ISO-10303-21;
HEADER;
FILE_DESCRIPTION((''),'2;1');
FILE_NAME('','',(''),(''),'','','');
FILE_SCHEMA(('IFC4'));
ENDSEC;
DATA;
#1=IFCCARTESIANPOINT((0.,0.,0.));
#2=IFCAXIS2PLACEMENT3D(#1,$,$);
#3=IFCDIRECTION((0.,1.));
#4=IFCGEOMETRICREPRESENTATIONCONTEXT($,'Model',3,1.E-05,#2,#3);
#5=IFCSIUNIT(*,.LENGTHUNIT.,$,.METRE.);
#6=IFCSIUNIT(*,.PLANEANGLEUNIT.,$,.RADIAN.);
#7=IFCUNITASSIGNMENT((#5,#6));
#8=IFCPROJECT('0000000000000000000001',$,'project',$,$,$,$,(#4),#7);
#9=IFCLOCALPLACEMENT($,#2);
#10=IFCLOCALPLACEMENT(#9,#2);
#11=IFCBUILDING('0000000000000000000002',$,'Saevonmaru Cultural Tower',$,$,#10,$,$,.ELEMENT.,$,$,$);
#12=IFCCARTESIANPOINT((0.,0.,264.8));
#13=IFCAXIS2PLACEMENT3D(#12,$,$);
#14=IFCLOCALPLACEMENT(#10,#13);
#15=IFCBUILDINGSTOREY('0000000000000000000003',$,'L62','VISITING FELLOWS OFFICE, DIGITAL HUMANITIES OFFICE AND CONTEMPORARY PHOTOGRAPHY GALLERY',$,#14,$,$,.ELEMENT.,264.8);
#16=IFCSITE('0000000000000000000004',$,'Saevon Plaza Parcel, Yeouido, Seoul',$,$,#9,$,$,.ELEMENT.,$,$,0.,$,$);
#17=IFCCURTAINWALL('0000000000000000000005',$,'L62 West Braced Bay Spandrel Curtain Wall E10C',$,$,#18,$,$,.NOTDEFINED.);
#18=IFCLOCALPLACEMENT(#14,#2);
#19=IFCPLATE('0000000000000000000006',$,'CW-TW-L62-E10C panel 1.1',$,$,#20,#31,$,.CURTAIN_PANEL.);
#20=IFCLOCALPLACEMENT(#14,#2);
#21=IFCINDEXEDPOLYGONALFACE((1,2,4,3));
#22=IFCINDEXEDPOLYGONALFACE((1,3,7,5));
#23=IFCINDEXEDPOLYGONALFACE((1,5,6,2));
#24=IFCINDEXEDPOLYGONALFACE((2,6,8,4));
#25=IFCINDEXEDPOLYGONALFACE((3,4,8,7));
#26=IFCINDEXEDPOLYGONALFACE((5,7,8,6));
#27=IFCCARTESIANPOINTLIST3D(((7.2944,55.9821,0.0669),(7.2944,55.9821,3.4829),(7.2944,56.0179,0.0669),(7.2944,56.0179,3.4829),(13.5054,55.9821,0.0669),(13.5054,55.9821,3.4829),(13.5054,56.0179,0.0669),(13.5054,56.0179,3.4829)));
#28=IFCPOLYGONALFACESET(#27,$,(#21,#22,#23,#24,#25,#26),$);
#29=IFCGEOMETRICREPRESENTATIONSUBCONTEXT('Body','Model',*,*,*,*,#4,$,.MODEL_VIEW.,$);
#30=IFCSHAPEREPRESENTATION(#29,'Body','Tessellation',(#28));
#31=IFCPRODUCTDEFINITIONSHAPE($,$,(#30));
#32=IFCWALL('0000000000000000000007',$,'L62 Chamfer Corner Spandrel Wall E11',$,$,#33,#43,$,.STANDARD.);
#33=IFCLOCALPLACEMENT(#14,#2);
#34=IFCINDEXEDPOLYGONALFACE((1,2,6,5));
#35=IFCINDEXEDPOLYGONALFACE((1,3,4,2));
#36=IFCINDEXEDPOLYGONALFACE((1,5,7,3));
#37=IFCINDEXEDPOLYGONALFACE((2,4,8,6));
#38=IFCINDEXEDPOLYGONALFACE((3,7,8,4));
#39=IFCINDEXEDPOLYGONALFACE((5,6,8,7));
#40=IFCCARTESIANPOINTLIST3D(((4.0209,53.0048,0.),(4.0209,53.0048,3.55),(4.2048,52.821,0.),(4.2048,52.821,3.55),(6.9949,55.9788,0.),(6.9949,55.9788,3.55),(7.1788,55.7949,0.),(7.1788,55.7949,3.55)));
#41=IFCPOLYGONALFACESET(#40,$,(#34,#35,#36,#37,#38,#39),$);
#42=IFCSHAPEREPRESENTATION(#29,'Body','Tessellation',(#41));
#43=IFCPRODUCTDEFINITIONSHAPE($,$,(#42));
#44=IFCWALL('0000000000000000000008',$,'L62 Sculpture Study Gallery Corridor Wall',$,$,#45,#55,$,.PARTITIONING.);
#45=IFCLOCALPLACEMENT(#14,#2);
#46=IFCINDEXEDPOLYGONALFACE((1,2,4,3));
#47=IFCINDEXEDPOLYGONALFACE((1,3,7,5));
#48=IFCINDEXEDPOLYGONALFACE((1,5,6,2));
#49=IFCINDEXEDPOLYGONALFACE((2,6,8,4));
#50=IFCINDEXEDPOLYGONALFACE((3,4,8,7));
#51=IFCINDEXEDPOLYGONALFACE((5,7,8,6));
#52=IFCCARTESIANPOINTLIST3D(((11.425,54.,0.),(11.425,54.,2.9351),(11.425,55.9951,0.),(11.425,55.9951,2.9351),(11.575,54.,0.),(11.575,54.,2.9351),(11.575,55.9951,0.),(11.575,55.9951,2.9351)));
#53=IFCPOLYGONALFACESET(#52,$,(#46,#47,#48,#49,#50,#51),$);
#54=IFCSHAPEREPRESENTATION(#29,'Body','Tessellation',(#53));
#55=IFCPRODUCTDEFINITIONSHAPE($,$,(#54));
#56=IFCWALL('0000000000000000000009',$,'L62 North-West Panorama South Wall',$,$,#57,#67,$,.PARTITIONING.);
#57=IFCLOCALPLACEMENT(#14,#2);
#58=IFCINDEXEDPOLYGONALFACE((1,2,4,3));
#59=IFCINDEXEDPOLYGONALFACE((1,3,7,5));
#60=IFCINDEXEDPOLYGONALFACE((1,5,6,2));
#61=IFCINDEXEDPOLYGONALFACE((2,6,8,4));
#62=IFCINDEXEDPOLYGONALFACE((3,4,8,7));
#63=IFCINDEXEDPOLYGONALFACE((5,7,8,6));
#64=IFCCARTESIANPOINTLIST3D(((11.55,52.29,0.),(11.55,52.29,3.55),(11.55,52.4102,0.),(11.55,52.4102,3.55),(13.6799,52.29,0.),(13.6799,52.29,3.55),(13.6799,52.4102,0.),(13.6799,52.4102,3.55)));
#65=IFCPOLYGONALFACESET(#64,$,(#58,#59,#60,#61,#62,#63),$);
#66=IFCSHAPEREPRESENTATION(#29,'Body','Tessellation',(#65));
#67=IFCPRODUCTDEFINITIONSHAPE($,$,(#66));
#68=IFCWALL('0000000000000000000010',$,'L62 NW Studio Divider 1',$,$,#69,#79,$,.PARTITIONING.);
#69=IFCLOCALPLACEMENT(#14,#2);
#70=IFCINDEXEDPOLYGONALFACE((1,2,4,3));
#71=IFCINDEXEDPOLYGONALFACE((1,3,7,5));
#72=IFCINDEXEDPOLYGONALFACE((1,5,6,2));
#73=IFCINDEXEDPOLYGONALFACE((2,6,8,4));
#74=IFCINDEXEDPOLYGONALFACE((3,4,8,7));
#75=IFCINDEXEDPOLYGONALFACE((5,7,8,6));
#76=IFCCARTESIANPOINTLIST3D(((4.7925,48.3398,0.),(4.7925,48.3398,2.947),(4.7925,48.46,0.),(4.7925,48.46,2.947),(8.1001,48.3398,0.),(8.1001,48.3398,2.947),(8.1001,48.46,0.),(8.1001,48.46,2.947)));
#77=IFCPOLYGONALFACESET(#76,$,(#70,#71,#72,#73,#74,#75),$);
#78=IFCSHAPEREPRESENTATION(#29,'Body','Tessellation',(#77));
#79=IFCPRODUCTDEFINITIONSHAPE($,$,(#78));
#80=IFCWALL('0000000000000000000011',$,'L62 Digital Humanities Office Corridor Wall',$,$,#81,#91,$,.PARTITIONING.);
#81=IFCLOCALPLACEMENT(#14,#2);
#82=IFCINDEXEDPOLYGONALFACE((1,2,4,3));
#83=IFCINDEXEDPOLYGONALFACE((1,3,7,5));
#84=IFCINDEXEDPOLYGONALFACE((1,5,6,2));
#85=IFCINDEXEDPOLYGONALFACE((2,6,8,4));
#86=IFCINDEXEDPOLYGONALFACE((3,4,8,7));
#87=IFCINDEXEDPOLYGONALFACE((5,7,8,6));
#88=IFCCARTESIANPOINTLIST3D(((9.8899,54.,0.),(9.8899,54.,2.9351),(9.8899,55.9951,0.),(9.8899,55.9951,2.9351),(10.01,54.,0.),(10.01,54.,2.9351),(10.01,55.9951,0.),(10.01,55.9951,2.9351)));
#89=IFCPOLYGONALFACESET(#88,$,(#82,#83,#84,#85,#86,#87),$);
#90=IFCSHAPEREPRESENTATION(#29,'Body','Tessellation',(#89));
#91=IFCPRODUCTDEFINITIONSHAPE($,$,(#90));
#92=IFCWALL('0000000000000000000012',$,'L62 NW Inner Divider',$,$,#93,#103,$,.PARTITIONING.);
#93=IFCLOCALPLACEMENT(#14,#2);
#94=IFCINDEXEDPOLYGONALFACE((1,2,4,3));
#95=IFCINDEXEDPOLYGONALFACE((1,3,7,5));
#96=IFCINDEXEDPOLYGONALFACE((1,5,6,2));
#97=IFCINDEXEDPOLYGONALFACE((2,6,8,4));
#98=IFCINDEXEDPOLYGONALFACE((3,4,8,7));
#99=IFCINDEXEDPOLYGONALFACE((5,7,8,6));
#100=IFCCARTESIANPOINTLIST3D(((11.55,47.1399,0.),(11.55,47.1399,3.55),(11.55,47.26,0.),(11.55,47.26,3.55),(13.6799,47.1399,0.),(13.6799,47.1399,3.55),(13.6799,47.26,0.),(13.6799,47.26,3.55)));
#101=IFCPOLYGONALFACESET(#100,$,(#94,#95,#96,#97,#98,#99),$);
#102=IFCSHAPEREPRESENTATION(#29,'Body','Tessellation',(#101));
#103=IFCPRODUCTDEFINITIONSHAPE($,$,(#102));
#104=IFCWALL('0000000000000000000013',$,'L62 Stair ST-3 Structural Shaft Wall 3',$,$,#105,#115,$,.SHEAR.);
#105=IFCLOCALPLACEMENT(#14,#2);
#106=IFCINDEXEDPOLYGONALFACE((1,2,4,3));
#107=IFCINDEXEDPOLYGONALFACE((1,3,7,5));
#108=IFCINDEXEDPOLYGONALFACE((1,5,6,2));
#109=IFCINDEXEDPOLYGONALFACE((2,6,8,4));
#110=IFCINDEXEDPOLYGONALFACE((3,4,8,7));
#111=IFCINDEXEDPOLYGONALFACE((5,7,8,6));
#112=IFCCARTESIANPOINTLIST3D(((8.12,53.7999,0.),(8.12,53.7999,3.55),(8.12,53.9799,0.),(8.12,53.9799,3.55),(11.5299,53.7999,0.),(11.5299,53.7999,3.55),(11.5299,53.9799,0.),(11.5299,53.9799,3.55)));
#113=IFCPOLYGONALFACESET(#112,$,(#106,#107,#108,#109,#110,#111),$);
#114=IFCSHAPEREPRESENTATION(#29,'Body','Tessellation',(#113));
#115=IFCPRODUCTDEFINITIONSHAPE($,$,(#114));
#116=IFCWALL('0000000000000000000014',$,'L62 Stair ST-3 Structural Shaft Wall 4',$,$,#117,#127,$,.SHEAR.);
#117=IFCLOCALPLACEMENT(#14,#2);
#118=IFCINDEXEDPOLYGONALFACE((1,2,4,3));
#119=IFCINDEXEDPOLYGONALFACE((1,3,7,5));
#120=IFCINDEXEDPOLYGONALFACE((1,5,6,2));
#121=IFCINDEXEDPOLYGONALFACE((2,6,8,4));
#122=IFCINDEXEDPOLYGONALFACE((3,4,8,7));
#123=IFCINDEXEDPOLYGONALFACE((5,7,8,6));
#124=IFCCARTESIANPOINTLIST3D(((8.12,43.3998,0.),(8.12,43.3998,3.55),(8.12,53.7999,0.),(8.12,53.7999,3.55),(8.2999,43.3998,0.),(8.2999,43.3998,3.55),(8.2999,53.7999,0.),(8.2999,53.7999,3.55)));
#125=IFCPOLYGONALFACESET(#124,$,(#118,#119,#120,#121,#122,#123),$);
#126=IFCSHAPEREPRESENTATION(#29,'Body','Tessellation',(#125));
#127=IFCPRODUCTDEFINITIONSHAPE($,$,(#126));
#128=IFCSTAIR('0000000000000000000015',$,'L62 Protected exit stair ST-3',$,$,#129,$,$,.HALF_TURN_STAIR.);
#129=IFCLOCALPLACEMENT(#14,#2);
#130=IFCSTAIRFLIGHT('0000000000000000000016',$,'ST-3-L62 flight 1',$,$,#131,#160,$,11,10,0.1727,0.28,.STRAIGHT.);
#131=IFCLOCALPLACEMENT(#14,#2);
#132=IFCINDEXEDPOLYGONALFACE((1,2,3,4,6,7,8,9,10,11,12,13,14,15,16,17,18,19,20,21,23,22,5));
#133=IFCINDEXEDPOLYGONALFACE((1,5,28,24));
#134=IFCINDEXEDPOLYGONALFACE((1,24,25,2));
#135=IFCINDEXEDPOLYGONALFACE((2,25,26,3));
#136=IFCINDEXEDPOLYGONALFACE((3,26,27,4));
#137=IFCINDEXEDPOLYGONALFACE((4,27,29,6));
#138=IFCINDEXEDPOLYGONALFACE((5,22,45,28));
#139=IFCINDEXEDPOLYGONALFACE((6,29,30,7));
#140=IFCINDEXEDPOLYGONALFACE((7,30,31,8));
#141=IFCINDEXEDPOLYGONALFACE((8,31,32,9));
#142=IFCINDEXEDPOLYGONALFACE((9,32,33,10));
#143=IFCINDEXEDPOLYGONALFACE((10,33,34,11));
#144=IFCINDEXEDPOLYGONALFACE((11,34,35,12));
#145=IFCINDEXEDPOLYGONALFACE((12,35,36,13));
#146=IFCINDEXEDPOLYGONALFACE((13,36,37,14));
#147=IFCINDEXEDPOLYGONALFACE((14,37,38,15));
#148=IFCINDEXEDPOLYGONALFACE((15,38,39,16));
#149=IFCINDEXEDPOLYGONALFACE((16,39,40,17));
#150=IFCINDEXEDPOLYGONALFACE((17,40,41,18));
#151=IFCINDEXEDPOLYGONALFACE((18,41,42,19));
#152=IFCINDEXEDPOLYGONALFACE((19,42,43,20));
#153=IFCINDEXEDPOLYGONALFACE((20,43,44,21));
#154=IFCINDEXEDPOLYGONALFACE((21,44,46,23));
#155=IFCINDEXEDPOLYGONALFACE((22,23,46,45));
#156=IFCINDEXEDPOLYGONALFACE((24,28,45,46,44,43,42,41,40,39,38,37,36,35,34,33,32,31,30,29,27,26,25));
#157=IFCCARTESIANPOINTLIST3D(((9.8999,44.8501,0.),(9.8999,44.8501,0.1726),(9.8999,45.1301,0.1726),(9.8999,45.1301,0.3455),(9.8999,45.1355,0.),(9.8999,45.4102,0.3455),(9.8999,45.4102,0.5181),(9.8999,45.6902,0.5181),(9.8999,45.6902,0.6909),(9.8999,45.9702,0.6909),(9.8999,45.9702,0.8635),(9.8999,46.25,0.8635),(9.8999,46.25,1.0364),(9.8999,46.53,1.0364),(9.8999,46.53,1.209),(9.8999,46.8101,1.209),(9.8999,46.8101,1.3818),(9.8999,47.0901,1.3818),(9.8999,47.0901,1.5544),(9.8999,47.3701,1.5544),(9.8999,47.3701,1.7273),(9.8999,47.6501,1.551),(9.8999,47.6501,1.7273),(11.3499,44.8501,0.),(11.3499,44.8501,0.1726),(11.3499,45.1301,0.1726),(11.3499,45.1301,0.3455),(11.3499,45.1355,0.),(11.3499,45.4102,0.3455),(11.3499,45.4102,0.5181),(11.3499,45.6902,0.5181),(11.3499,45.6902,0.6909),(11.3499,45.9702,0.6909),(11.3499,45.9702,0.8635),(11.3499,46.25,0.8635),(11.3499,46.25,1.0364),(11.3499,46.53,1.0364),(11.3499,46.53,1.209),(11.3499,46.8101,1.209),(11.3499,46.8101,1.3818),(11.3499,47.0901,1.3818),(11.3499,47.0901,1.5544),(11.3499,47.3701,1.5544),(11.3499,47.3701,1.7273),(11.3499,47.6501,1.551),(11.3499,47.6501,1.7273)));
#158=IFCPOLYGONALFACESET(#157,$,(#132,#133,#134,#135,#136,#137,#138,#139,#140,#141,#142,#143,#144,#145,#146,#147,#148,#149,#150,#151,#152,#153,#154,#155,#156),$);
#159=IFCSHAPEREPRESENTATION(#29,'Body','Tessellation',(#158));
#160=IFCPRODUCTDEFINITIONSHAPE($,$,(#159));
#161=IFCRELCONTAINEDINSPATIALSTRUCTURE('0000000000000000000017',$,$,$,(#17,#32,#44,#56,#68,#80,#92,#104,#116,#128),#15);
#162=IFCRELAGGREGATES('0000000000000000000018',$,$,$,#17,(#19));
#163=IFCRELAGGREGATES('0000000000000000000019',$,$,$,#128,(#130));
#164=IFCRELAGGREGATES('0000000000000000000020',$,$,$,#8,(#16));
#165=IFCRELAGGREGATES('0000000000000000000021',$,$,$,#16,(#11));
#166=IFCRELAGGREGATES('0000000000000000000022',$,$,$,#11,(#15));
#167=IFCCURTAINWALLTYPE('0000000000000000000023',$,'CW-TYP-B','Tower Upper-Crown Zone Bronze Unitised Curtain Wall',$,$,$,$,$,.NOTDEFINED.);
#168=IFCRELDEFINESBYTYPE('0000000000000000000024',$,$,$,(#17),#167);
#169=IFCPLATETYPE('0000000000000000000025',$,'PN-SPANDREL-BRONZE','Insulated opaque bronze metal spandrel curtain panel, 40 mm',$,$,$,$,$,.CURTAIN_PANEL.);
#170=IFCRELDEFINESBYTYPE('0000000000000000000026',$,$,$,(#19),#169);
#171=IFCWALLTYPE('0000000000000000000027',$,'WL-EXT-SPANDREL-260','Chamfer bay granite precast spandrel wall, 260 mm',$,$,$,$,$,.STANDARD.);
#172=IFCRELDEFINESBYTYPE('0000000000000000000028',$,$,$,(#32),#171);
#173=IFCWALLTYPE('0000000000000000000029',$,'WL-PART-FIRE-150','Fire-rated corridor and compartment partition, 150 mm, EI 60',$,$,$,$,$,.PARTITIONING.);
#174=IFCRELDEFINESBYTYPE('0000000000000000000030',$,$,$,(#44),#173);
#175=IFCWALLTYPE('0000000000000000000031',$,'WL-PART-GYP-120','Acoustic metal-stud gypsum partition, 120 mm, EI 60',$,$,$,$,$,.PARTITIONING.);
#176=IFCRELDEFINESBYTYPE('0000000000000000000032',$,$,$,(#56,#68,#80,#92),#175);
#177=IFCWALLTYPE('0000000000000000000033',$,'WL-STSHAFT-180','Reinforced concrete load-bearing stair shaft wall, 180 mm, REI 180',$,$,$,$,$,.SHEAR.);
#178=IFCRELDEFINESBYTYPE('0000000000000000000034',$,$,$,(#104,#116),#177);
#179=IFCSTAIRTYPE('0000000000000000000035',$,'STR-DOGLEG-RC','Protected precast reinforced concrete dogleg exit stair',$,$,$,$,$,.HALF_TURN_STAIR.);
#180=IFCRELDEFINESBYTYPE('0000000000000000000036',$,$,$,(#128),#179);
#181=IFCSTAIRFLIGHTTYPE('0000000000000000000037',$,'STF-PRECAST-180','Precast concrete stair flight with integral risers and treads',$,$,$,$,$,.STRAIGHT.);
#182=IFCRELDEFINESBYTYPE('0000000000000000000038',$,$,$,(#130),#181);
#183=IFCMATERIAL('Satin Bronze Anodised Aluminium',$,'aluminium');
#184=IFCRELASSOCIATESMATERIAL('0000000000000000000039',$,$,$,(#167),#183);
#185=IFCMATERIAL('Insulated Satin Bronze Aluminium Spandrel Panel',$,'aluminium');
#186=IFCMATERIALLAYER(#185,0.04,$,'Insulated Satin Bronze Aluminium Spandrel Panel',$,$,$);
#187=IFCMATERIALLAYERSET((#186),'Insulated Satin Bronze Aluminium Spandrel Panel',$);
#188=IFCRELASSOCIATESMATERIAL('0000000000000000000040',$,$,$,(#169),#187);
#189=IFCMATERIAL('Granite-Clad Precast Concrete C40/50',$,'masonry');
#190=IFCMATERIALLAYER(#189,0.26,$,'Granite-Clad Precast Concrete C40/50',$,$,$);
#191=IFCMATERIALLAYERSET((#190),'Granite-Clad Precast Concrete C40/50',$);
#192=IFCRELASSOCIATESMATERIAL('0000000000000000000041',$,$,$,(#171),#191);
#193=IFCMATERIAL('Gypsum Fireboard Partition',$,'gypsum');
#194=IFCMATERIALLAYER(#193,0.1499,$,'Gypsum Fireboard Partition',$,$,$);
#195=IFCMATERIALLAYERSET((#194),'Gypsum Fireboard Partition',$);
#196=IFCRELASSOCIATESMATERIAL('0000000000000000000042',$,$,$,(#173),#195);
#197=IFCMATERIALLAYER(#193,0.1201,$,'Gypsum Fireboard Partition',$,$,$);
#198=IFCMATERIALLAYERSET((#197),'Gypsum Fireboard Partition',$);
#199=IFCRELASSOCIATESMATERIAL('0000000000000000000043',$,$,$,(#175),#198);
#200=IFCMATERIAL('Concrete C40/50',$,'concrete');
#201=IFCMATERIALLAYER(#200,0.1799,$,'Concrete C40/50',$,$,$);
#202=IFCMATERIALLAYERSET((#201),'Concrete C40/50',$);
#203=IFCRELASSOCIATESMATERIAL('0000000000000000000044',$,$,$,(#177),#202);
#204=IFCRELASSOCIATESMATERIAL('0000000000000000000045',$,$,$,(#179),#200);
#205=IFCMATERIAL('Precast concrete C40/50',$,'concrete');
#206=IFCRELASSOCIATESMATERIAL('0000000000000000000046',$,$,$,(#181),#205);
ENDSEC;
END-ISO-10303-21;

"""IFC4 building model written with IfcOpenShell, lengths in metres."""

from ifc_helpers import new_model, si_unit, direction, frame, frame_2d, origin, origin_2d, place, context, subcontext, project, spatial, polyline, rectangle, outline, extrude, material, layer, layer_set, type_object, element, aggregate, save


model = new_model("IFC4")

# Units and contexts
model_context = context("Model", 3, precision=1e-05, world=origin(), true_north=direction((0.0, 1.0)))
body_context = subcontext(model_context, "Body", "Model", "MODEL_VIEW")
ifc_project = project(units=[si_unit("LENGTHUNIT", "METRE"), si_unit("PLANEANGLEUNIT", "RADIAN")], contexts=[model_context])

# Site, building, storey
site_placement = place(None, origin())
site = spatial("IfcSite", under=ifc_project, at=site_placement, Name="Saevon Plaza Parcel, Yeouido, Seoul", CompositionType="ELEMENT", RefElevation=0.0)
building_placement = place(site_placement, origin())
building = spatial("IfcBuilding", under=site, at=building_placement, Name="Saevonmaru Cultural Tower", CompositionType="ELEMENT")
storey_placement = place(building_placement, frame((0.0, 0.0, 264.8)))
storey = spatial("IfcBuildingStorey", under=building, at=storey_placement, Name="L62", Description="VISITING FELLOWS OFFICE, DIGITAL HUMANITIES OFFICE AND CONTEMPORARY PHOTOGRAPHY GALLERY", CompositionType="ELEMENT", Elevation=264.8)

# Curtain wall
ifc_material_1 = material(Name="Satin Bronze Anodised Aluminium", Category="aluminium")
curtain_wall_type = type_object("IfcCurtainWallType", Name="CW-TYP-B", Description="Tower Upper-Crown Zone Bronze Unitised Curtain Wall", PredefinedType="NOTDEFINED", material=ifc_material_1)
curtain_wall_1_placement = place(storey_placement, origin())
curtain_wall_1 = element("IfcCurtainWall", 1, at=curtain_wall_1_placement, inside=storey, type_object=curtain_wall_type, Name="L62 West Braced Bay Spandrel Curtain Wall E10C", PredefinedType="NOTDEFINED")

# Plate
ifc_material_2 = material(Name="Insulated Satin Bronze Aluminium Spandrel Panel", Category="aluminium")
ifc_layer_1 = layer(ifc_material_2, 0.04, Name="Insulated Satin Bronze Aluminium Spandrel Panel")
ifc_layer_set_1 = layer_set([ifc_layer_1], Name="Insulated Satin Bronze Aluminium Spandrel Panel")
plate_type_1 = type_object("IfcPlateType", Name="PN-SPANDREL-BRONZE", Description="Insulated opaque bronze metal spandrel curtain panel, 40 mm", PredefinedType="CURTAIN_PANEL", material=ifc_layer_set_1)
plate_1_placement = place(storey_placement, frame((10.3999, 56.0, 0.0669), z_axis=(0.0, 0.0, 1.0), x_axis=(-1.0, 0.0, 0.0)))
plate_1 = element("IfcPlate", 2, at=plate_1_placement, type_object=plate_type_1, Name="CW-TW-L62-E10C panel 1.1", PredefinedType="CURTAIN_PANEL", context=body_context, shape_type="SweptSolid", body=[
    extrude(rectangle(XDim=6.2109, YDim=0.0359, at=origin_2d()), origin(), (0.0, 0.0, 1.0), 3.416),
])
aggregate(curtain_wall_1, [plate_1])

# Walls
ifc_material_3 = material(Name="Granite-Clad Precast Concrete C40/50", Category="masonry")
ifc_layer_2 = layer(ifc_material_3, 0.26, Name="Granite-Clad Precast Concrete C40/50")
ifc_layer_set_2 = layer_set([ifc_layer_2], Name="Granite-Clad Precast Concrete C40/50")
wall_type_1 = type_object("IfcWallType", Name="WL-EXT-SPANDREL-260", Description="Chamfer bay granite precast spandrel wall, 260 mm", PredefinedType="STANDARD", material=ifc_layer_set_2)
wall_1_placement = place(storey_placement, frame((7.0869, 55.887, 0.0), z_axis=(0.0, 0.0, 1.0), x_axis=(-0.707107, -0.707107, 0.0)))
element("IfcWall", 3, at=wall_1_placement, inside=storey, type_object=wall_type_1, Name="L62 Chamfer Corner Spandrel Wall E11", PredefinedType="STANDARD", context=body_context, shape_type="SweptSolid", body=[
    extrude(rectangle(XDim=4.2058, YDim=0.26, at=frame_2d((2.103, 0.0))), origin(), (0.0, 0.0, 1.0), 3.55),
])
ifc_material_4 = material(Name="Gypsum Fireboard Partition", Category="gypsum")
ifc_layer_3 = layer(ifc_material_4, 0.1499, Name="Gypsum Fireboard Partition")
ifc_layer_set_3 = layer_set([ifc_layer_3], Name="Gypsum Fireboard Partition")
wall_type_2 = type_object("IfcWallType", Name="WL-PART-FIRE-150", Description="Fire-rated corridor and compartment partition, 150 mm, EI 60", PredefinedType="PARTITIONING", material=ifc_layer_set_3)
wall_2_placement = place(storey_placement, frame((11.5, 54.0, 0.0), z_axis=(0.0, 0.0, 1.0), x_axis=(0.0, 1.0, 0.0)))
element("IfcWall", 4, at=wall_2_placement, inside=storey, type_object=wall_type_2, Name="L62 Sculpture Study Gallery Corridor Wall", PredefinedType="PARTITIONING", context=body_context, shape_type="SweptSolid", body=[
    extrude(rectangle(XDim=1.9951, YDim=0.1499, at=frame_2d((0.9976, 0.0))), origin(), (0.0, 0.0, 1.0), 2.9351),
])
ifc_layer_4 = layer(ifc_material_4, 0.1201, Name="Gypsum Fireboard Partition")
ifc_layer_set_4 = layer_set([ifc_layer_4], Name="Gypsum Fireboard Partition")
wall_type_3 = type_object("IfcWallType", Name="WL-PART-GYP-120", Description="Acoustic metal-stud gypsum partition, 120 mm, EI 60", PredefinedType="PARTITIONING", material=ifc_layer_set_4)
wall_3_placement = place(storey_placement, frame((11.55, 52.3501, 0.0), z_axis=(0.0, 0.0, 1.0), x_axis=(1.0, 0.0, 0.0)))
element("IfcWall", 5, at=wall_3_placement, inside=storey, type_object=wall_type_3, Name="L62 North-West Panorama South Wall", PredefinedType="PARTITIONING", context=body_context, shape_type="SweptSolid", body=[
    extrude(rectangle(XDim=2.1299, YDim=0.1201, at=frame_2d((1.0649, 0.0))), origin(), (0.0, 0.0, 1.0), 3.55),
])
wall_4_placement = place(storey_placement, frame((4.7925, 48.3999, 0.0), z_axis=(0.0, 0.0, 1.0), x_axis=(1.0, 0.0, 0.0)))
element("IfcWall", 6, at=wall_4_placement, inside=storey, type_object=wall_type_3, Name="L62 NW Studio Divider 1", PredefinedType="PARTITIONING", context=body_context, shape_type="SweptSolid", body=[
    extrude(rectangle(XDim=3.3076, YDim=0.1201, at=frame_2d((1.6538, 0.0))), origin(), (0.0, 0.0, 1.0), 2.947),
])
wall_5_placement = place(storey_placement, frame((9.95, 54.0, 0.0), z_axis=(0.0, 0.0, 1.0), x_axis=(0.0, 1.0, 0.0)))
element("IfcWall", 7, at=wall_5_placement, inside=storey, type_object=wall_type_3, Name="L62 Digital Humanities Office Corridor Wall", PredefinedType="PARTITIONING", context=body_context, shape_type="SweptSolid", body=[
    extrude(rectangle(XDim=1.9951, YDim=0.1201, at=frame_2d((0.9976, 0.0))), origin(), (0.0, 0.0, 1.0), 2.9351),
])
wall_6_placement = place(storey_placement, frame((11.55, 47.2, 0.0), z_axis=(0.0, 0.0, 1.0), x_axis=(1.0, 0.0, 0.0)))
element("IfcWall", 8, at=wall_6_placement, inside=storey, type_object=wall_type_3, Name="L62 NW Inner Divider", PredefinedType="PARTITIONING", context=body_context, shape_type="SweptSolid", body=[
    extrude(rectangle(XDim=2.1299, YDim=0.1201, at=frame_2d((1.0649, 0.0))), origin(), (0.0, 0.0, 1.0), 3.55),
])
ifc_material_5 = material(Name="Concrete C40/50", Category="concrete")
ifc_layer_5 = layer(ifc_material_5, 0.1799, Name="Concrete C40/50")
ifc_layer_set_5 = layer_set([ifc_layer_5], Name="Concrete C40/50")
wall_type_4 = type_object("IfcWallType", Name="WL-STSHAFT-180", Description="Reinforced concrete load-bearing stair shaft wall, 180 mm, REI 180", PredefinedType="SHEAR", material=ifc_layer_set_5)
wall_7_placement = place(storey_placement, frame((11.53, 53.8899, 0.0), z_axis=(0.0, 0.0, 1.0), x_axis=(-1.0, 0.0, 0.0)))
element("IfcWall", 9, at=wall_7_placement, inside=storey, type_object=wall_type_4, Name="L62 Stair ST-3 Structural Shaft Wall 3", PredefinedType="SHEAR", context=body_context, shape_type="SweptSolid", body=[
    extrude(rectangle(XDim=3.4099, YDim=0.1799, at=frame_2d((1.7051, 0.0))), origin(), (0.0, 0.0, 1.0), 3.55),
])
wall_8_placement = place(storey_placement, frame((8.21, 53.8, 0.0), z_axis=(0.0, 0.0, 1.0), x_axis=(0.0, -1.0, 0.0)))
element("IfcWall", 10, at=wall_8_placement, inside=storey, type_object=wall_type_4, Name="L62 Stair ST-3 Structural Shaft Wall 4", PredefinedType="SHEAR", context=body_context, shape_type="SweptSolid", body=[
    extrude(rectangle(XDim=10.4001, YDim=0.1799, at=frame_2d((5.2002, 0.0))), origin(), (0.0, 0.0, 1.0), 3.55),
])

# Stair, stair flight
stair_type = type_object("IfcStairType", Name="STR-DOGLEG-RC", Description="Protected precast reinforced concrete dogleg exit stair", PredefinedType="HALF_TURN_STAIR", material=ifc_material_5)
stair_placement = place(storey_placement, origin())
stair = element("IfcStair", 11, at=stair_placement, inside=storey, type_object=stair_type, Name="L62 Protected exit stair ST-3", PredefinedType="HALF_TURN_STAIR")
ifc_material_6 = material(Name="Precast concrete C40/50", Category="concrete")
stair_flight_type = type_object("IfcStairFlightType", Name="STF-PRECAST-180", Description="Precast concrete stair flight with integral risers and treads", PredefinedType="STRAIGHT", material=ifc_material_6)
stair_flight_1_placement = place(storey_placement, frame((10.625, 44.8501, 0.0), z_axis=(0.0, 0.0, 1.0), x_axis=(0.0, 1.0, 0.0)))
stair_flight_1 = element("IfcStairFlight", 12, at=stair_flight_1_placement, type_object=stair_flight_type, Name="ST-3-L62 flight 1", NumberOfRisers=11, NumberOfTreads=10, PredefinedType="STRAIGHT", RiserHeight=0.1727, TreadLength=0.28, context=body_context, shape_type="SweptSolid", body=[
    extrude(outline(polyline([(0.0, 0.0), (0.0, 0.1726), (0.28, 0.1726), (0.28, 0.3455), (0.5601, 0.3455), (0.5601, 0.5181), (0.8401, 0.5181), (0.8401, 0.6909), (1.1201, 0.6909), (1.1201, 0.8635), (1.3999, 0.8635), (1.3999, 1.0364), (1.6799, 1.0364), (1.6799, 1.209), (1.96, 1.209), (1.96, 1.3818), (2.24, 1.3818), (2.24, 1.5544), (2.52, 1.5544), (2.52, 1.7273), (2.8, 1.7273), (2.8, 1.8999), (2.8, 1.551), (0.2854, 0.0), (0.0, 0.0)])), frame((0.0, 0.7251, 0.0), z_axis=(0.0, -1.0, 0.0), x_axis=(1.0, 0.0, 0.0)), (0.0, 0.0, 1.0), 1.45),
])
aggregate(stair, [stair_flight_1])

save(model, "model.ifc")
